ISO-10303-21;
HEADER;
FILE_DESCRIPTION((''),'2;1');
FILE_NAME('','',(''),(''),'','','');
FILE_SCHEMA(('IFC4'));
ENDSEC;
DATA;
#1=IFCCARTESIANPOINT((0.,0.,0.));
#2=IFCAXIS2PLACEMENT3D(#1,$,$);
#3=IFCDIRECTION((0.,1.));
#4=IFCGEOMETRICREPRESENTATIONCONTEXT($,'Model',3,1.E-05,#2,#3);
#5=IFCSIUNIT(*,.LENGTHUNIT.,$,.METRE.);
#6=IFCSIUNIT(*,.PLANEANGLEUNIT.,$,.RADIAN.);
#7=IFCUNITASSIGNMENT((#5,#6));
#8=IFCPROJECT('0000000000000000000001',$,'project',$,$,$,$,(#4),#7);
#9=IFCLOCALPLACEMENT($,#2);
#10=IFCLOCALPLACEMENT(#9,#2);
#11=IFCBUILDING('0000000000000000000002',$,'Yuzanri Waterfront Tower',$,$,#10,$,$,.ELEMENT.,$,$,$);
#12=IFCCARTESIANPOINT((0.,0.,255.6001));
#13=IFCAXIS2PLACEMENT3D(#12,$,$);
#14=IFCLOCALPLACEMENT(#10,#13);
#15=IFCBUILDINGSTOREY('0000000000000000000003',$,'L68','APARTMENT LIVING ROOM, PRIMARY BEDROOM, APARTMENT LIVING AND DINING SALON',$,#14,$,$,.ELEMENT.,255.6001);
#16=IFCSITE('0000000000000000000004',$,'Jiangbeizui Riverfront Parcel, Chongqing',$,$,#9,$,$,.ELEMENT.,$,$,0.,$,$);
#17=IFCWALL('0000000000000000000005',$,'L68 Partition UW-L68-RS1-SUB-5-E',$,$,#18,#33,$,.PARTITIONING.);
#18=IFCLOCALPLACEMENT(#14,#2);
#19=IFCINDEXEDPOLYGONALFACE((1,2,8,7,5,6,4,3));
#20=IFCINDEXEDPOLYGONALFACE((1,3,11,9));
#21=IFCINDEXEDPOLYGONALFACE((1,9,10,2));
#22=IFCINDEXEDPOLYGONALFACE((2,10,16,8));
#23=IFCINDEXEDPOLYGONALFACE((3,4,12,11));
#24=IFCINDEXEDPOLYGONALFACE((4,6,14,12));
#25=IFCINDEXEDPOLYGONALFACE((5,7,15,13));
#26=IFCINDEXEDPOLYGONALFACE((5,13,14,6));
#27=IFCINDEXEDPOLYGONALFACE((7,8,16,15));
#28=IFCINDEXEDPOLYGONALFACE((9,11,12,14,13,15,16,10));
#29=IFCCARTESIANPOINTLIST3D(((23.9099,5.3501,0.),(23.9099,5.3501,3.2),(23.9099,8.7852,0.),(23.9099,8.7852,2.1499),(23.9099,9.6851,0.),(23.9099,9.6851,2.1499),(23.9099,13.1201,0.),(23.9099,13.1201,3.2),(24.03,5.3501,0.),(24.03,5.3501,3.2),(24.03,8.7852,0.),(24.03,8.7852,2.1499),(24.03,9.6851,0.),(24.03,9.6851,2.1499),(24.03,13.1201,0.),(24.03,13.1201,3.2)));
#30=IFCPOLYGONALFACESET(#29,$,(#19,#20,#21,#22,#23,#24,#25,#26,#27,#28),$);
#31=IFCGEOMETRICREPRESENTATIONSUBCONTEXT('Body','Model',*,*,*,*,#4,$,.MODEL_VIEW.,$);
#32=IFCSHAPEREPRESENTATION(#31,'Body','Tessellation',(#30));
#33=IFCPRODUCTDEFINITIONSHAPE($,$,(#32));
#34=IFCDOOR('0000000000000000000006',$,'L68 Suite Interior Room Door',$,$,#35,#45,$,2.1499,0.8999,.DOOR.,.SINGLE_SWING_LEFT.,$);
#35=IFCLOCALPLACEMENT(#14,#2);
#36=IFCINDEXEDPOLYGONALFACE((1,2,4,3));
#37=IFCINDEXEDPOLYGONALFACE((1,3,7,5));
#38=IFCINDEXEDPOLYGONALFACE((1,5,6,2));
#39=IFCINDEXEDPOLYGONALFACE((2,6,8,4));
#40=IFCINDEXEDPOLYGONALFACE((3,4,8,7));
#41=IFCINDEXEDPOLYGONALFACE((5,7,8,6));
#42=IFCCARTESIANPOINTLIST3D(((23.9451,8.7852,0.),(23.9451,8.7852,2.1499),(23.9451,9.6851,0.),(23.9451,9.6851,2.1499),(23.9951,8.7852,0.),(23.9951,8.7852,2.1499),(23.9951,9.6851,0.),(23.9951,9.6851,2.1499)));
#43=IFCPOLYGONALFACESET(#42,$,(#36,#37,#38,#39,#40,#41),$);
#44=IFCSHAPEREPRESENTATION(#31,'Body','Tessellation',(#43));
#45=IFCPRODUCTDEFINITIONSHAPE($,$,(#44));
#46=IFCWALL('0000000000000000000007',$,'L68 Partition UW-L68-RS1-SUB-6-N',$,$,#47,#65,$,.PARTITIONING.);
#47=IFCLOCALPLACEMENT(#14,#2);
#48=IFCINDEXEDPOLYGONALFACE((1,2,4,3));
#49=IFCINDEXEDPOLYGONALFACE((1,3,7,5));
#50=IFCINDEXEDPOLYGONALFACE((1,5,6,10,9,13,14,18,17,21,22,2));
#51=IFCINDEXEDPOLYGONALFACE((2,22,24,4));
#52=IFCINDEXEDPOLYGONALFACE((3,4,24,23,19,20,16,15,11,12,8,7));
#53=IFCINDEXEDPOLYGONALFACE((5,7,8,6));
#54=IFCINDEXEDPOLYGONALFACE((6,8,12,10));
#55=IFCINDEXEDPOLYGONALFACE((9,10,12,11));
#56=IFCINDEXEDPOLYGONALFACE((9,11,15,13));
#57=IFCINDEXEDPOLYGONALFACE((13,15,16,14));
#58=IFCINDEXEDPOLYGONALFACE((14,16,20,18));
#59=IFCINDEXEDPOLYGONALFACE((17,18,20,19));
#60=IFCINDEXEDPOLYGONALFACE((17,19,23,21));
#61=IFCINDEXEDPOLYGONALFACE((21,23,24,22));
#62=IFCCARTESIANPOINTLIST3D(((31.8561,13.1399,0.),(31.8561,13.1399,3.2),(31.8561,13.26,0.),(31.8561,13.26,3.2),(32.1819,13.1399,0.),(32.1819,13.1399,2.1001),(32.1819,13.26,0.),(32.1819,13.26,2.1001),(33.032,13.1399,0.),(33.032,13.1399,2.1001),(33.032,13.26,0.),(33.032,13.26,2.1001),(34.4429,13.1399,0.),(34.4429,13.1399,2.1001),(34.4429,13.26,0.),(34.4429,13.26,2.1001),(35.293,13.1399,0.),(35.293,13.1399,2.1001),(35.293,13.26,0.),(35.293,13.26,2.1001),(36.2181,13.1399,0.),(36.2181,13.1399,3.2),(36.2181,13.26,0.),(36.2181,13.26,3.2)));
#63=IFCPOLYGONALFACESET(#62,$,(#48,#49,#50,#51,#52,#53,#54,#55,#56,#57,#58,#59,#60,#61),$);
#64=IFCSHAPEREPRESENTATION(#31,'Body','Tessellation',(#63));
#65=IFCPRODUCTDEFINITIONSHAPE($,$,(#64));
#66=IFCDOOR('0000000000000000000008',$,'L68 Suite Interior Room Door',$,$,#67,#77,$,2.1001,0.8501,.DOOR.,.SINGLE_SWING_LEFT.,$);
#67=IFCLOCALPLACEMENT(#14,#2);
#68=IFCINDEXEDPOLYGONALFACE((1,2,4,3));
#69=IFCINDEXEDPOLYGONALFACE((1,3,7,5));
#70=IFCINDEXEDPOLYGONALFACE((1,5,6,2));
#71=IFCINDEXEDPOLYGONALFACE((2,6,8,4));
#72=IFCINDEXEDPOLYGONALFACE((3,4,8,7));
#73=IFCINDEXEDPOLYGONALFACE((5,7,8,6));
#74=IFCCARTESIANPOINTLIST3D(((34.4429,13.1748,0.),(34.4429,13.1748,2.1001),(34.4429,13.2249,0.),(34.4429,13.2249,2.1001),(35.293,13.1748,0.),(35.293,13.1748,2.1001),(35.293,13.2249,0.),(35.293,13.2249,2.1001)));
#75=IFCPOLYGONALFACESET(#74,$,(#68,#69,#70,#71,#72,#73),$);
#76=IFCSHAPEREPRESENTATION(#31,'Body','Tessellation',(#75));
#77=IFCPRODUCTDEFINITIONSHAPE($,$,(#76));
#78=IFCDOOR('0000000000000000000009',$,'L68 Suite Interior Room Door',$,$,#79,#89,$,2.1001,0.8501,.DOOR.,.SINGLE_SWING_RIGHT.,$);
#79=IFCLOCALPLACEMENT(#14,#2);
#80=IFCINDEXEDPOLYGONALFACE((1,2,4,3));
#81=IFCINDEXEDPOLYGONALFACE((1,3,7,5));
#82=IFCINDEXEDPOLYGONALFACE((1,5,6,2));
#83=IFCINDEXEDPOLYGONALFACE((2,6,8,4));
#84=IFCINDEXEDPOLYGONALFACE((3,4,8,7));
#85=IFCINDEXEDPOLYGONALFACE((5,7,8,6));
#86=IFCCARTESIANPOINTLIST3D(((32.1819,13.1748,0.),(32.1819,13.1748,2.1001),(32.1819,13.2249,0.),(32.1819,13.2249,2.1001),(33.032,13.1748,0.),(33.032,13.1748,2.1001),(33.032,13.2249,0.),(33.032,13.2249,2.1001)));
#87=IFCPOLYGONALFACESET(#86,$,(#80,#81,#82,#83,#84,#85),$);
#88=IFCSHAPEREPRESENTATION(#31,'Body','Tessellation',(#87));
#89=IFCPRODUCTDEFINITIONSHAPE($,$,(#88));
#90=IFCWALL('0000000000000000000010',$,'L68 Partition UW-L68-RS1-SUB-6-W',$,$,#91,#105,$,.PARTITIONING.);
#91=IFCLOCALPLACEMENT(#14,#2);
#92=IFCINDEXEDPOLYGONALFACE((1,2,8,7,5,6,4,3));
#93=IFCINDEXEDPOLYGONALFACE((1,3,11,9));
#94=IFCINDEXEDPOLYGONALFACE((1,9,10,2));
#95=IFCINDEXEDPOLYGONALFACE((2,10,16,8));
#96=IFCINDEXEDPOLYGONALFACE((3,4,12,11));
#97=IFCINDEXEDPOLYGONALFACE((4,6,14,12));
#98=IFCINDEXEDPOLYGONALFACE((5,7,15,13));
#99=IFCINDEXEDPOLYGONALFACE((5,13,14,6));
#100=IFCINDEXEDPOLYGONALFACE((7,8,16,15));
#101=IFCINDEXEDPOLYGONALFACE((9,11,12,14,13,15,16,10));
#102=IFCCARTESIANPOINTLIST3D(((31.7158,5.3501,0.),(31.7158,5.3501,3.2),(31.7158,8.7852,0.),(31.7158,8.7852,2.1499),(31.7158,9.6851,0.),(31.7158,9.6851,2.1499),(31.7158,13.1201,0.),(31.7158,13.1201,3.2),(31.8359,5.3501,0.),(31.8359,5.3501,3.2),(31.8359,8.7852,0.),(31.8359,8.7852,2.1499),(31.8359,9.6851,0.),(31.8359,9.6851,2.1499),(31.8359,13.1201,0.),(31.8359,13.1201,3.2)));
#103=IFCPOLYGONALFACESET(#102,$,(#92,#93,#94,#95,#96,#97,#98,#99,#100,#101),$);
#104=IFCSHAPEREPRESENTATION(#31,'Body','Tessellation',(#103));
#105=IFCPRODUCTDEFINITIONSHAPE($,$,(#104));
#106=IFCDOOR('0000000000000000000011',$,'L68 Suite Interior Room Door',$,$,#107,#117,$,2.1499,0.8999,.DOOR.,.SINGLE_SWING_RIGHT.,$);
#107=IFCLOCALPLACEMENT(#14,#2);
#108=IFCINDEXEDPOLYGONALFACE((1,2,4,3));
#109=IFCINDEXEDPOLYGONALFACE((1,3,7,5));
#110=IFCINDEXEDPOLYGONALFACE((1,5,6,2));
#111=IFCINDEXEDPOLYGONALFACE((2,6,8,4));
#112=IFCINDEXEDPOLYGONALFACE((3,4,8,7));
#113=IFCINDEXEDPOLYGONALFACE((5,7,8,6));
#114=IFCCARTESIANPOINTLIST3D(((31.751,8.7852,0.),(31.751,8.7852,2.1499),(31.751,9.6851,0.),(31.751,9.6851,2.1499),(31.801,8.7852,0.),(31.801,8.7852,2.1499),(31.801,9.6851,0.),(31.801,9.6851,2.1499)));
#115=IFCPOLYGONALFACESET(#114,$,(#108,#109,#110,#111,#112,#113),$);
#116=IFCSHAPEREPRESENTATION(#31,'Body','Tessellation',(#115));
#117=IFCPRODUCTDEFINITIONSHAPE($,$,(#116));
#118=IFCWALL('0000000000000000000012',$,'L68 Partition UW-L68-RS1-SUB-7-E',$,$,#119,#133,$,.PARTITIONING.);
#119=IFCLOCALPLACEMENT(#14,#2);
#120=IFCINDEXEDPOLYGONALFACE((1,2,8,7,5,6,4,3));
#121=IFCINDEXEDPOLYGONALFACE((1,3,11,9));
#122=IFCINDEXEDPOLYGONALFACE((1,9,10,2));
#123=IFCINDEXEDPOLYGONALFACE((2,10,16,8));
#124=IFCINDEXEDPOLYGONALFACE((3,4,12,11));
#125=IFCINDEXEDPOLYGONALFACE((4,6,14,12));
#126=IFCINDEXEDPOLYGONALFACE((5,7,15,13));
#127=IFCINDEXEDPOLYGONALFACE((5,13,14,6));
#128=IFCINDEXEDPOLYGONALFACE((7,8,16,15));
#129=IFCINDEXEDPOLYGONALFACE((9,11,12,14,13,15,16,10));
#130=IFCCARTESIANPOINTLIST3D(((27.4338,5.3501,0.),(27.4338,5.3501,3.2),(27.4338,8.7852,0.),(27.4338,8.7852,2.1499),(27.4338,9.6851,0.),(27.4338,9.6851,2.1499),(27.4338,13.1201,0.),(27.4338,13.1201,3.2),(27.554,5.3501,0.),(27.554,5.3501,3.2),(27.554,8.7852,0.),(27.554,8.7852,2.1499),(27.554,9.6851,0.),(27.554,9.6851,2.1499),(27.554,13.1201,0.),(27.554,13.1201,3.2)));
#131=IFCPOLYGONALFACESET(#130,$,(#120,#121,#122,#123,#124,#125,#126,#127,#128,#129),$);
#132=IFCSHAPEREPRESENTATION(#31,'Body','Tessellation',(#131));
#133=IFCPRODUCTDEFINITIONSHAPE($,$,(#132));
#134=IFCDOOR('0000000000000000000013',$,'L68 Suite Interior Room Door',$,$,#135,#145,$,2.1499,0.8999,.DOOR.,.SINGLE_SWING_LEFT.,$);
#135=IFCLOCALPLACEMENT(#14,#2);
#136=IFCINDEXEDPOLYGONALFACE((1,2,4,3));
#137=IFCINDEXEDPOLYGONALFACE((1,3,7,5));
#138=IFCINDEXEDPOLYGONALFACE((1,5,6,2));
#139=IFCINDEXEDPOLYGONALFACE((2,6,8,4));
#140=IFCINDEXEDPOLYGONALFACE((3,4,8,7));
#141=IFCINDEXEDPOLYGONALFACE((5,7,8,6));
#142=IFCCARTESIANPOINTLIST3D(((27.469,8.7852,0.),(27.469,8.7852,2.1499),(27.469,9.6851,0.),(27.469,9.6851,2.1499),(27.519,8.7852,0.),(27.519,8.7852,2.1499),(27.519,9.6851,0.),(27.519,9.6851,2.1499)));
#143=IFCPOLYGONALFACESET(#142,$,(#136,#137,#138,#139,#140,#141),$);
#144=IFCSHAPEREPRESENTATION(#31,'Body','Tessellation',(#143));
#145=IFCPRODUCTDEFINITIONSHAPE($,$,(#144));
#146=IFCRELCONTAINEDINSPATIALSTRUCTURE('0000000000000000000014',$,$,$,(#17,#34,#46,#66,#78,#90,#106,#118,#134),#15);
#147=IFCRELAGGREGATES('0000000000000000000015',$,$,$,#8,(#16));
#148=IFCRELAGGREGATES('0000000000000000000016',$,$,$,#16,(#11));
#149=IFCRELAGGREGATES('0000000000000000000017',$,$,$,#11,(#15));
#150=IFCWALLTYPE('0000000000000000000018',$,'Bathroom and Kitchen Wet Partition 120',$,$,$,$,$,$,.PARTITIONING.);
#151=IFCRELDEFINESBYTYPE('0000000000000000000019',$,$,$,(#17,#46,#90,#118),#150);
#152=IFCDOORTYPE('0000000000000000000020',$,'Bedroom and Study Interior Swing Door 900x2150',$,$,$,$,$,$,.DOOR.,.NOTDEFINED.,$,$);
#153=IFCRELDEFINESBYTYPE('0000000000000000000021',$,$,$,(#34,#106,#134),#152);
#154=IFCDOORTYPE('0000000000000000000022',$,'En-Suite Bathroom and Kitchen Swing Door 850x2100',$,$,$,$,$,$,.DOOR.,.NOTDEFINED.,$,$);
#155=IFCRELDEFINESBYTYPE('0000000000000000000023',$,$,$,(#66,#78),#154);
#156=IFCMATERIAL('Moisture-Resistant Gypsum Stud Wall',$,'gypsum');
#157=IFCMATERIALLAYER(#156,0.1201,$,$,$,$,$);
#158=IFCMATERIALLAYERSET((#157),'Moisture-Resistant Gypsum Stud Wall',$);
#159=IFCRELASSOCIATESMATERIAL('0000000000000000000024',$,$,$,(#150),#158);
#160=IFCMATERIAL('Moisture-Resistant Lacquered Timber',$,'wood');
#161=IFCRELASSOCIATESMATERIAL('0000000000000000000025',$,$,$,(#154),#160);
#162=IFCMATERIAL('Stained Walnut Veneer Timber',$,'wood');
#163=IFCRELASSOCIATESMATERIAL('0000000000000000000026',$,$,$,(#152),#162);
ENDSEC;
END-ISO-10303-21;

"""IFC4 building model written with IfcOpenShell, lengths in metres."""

from ifc_helpers import new_model, si_unit, direction, frame, frame_2d, origin, place, context, subcontext, project, spatial, rectangle, extrude, source, transform, mapped, material, layer, layer_set, type_object, element, fill, save


model = new_model("IFC4")

# Units and contexts
model_context = context("Model", 3, precision=1e-05, world=origin(), true_north=direction((0.0, 1.0)))
body_context = subcontext(model_context, "Body", "Model", "MODEL_VIEW")
ifc_project = project(units=[si_unit("LENGTHUNIT", "METRE"), si_unit("PLANEANGLEUNIT", "RADIAN")], contexts=[model_context])

# Site, building, storey
site_placement = place(None, origin())
site = spatial("IfcSite", under=ifc_project, at=site_placement, Name="Jiangbeizui Riverfront Parcel, Chongqing", CompositionType="ELEMENT", RefElevation=0.0)
building_placement = place(site_placement, origin())
building = spatial("IfcBuilding", under=site, at=building_placement, Name="Yuzanri Waterfront Tower", CompositionType="ELEMENT")
storey_placement = place(building_placement, frame((0.0, 0.0, 255.6001)))
storey = spatial("IfcBuildingStorey", under=building, at=storey_placement, Name="L68", Description="APARTMENT LIVING ROOM, PRIMARY BEDROOM, APARTMENT LIVING AND DINING SALON", CompositionType="ELEMENT", Elevation=255.6001)

# Wall, opening, door
ifc_material_1 = material(Name="Moisture-Resistant Gypsum Stud Wall", Category="gypsum")
ifc_layer_1 = layer(ifc_material_1, 0.1201)
ifc_layer_set_1 = layer_set([ifc_layer_1], Name="Moisture-Resistant Gypsum Stud Wall")
wall_type_1 = type_object("IfcWallType", Name="Bathroom and Kitchen Wet Partition 120", PredefinedType="PARTITIONING", material=ifc_layer_set_1)
ifc_material_2 = material(Name="Moisture-Resistant Lacquered Timber", Category="wood")
door_type_1 = type_object("IfcDoorType", Name="En-Suite Bathroom and Kitchen Swing Door 850x2100", OperationType="NOTDEFINED", PredefinedType="DOOR", material=ifc_material_2)
shared_shape_1 = source(origin(), body_context, "Body", "SweptSolid", [
    extrude(rectangle(XDim=0.8501, YDim=2.1001, at=frame_2d((0.425, 1.05))), frame((0.0, 0.0249, 0.0), z_axis=(0.0, -1.0, 0.0), x_axis=(1.0, 0.0, 0.0)), (0.0, 0.0, 1.0), 0.05),
])
wall_1_placement = place(storey_placement, frame((23.97, 5.3501, 0.0), z_axis=(0.0, 0.0, 1.0), x_axis=(0.0, 1.0, 0.0)))
wall_1 = element("IfcWall", 1, at=wall_1_placement, inside=storey, type_object=wall_type_1, Name="L68 Partition UW-L68-RS1-SUB-5-E", PredefinedType="PARTITIONING", context=body_context, shape_type="SweptSolid", body=[
    extrude(rectangle(XDim=7.77, YDim=0.1201, at=frame_2d((3.885, 0.0))), origin(), (0.0, 0.0, 1.0), 3.2),
])
opening_1_placement = place(wall_1_placement, frame((3.4351, 0.0, 0.0)))
opening_1 = element("IfcOpeningElement", 2, at=opening_1_placement, cuts=wall_1, PredefinedType="OPENING", context=body_context, shape_type="SweptSolid", body=[
    extrude(rectangle(XDim=0.8999, YDim=2.1499, at=frame_2d((0.45, 1.075))), frame((0.0, 0.075, 0.0), z_axis=(0.0, -1.0, 0.0), x_axis=(1.0, 0.0, 0.0)), (0.0, 0.0, 1.0), 0.1499),
])
ifc_material_3 = material(Name="Stained Walnut Veneer Timber", Category="wood")
door_type_2 = type_object("IfcDoorType", Name="Bedroom and Study Interior Swing Door 900x2150", OperationType="NOTDEFINED", PredefinedType="DOOR", material=ifc_material_3)
shared_shape_2 = source(origin(), body_context, "Body", "SweptSolid", [
    extrude(rectangle(XDim=0.8999, YDim=2.1499, at=frame_2d((0.45, 1.075))), frame((0.0, 0.0249, 0.0), z_axis=(0.0, -1.0, 0.0), x_axis=(1.0, 0.0, 0.0)), (0.0, 0.0, 1.0), 0.05),
])
door_1_placement = place(opening_1_placement, origin())
door_1 = element("IfcDoor", 3, at=door_1_placement, inside=storey, type_object=door_type_2, Name="L68 Suite Interior Room Door", OperationType="SINGLE_SWING_LEFT", OverallHeight=2.1499, OverallWidth=0.8999, PredefinedType="DOOR", context=body_context, shape_type="MappedRepresentation", body=[
    mapped(shared_shape_2, transform((0.0, 0.0, 0.0), scale=1.0)),
])
fill(opening_1, door_1)

# Wall, openings, doors
wall_2_placement = place(storey_placement, frame((31.856, 13.2, 0.0), z_axis=(0.0, 0.0, 1.0), x_axis=(1.0, 0.0, 0.0)))
wall_2 = element("IfcWall", 4, at=wall_2_placement, inside=storey, type_object=wall_type_1, Name="L68 Partition UW-L68-RS1-SUB-6-N", PredefinedType="PARTITIONING", context=body_context, shape_type="SweptSolid", body=[
    extrude(rectangle(XDim=4.3621, YDim=0.1201, at=frame_2d((2.1812, 0.0))), origin(), (0.0, 0.0, 1.0), 3.2),
])
opening_2_placement = place(wall_2_placement, frame((2.5869, 0.0, 0.0)))
opening_2 = element("IfcOpeningElement", 5, at=opening_2_placement, cuts=wall_2, PredefinedType="OPENING", context=body_context, shape_type="SweptSolid", body=[
    extrude(rectangle(XDim=0.8501, YDim=2.1001, at=frame_2d((0.425, 1.05))), frame((0.0, 0.075, 0.0), z_axis=(0.0, -1.0, 0.0), x_axis=(1.0, 0.0, 0.0)), (0.0, 0.0, 1.0), 0.1499),
])
opening_3_placement = place(wall_2_placement, frame((0.3259, 0.0, 0.0)))
opening_3 = element("IfcOpeningElement", 6, at=opening_3_placement, cuts=wall_2, PredefinedType="OPENING", context=body_context, shape_type="SweptSolid", body=[
    extrude(rectangle(XDim=0.8501, YDim=2.1001, at=frame_2d((0.425, 1.05))), frame((0.0, 0.075, 0.0), z_axis=(0.0, -1.0, 0.0), x_axis=(1.0, 0.0, 0.0)), (0.0, 0.0, 1.0), 0.1499),
])
door_2_placement = place(opening_2_placement, origin())
door_2 = element("IfcDoor", 7, at=door_2_placement, inside=storey, type_object=door_type_1, Name="L68 Suite Interior Room Door", OperationType="SINGLE_SWING_LEFT", OverallHeight=2.1001, OverallWidth=0.8501, PredefinedType="DOOR", context=body_context, shape_type="MappedRepresentation", body=[
    mapped(shared_shape_1, transform((0.0, 0.0, 0.0), scale=1.0)),
])
fill(opening_2, door_2)
door_3_placement = place(opening_3_placement, origin())
door_3 = element("IfcDoor", 8, at=door_3_placement, inside=storey, type_object=door_type_1, Name="L68 Suite Interior Room Door", OperationType="SINGLE_SWING_RIGHT", OverallHeight=2.1001, OverallWidth=0.8501, PredefinedType="DOOR", context=body_context, shape_type="MappedRepresentation", body=[
    mapped(shared_shape_1, transform((0.0, 0.0, 0.0), scale=1.0)),
])
fill(opening_3, door_3)

# Walls, openings, doors
wall_3_placement = place(storey_placement, frame((31.7759, 5.3501, 0.0), z_axis=(0.0, 0.0, 1.0), x_axis=(0.0, 1.0, 0.0)))
wall_3 = element("IfcWall", 9, at=wall_3_placement, inside=storey, type_object=wall_type_1, Name="L68 Partition UW-L68-RS1-SUB-6-W", PredefinedType="PARTITIONING", context=body_context, shape_type="SweptSolid", body=[
    extrude(rectangle(XDim=7.77, YDim=0.1201, at=frame_2d((3.885, 0.0))), origin(), (0.0, 0.0, 1.0), 3.2),
])
opening_4_placement = place(wall_3_placement, frame((3.4351, 0.0, 0.0)))
opening_4 = element("IfcOpeningElement", 10, at=opening_4_placement, cuts=wall_3, PredefinedType="OPENING", context=body_context, shape_type="SweptSolid", body=[
    extrude(rectangle(XDim=0.8999, YDim=2.1499, at=frame_2d((0.45, 1.075))), frame((0.0, 0.075, 0.0), z_axis=(0.0, -1.0, 0.0), x_axis=(1.0, 0.0, 0.0)), (0.0, 0.0, 1.0), 0.1499),
])
door_4_placement = place(opening_4_placement, origin())
door_4 = element("IfcDoor", 11, at=door_4_placement, inside=storey, type_object=door_type_2, Name="L68 Suite Interior Room Door", OperationType="SINGLE_SWING_RIGHT", OverallHeight=2.1499, OverallWidth=0.8999, PredefinedType="DOOR", context=body_context, shape_type="MappedRepresentation", body=[
    mapped(shared_shape_2, transform((0.0, 0.0, 0.0), scale=1.0)),
])
fill(opening_4, door_4)
wall_4_placement = place(storey_placement, frame((27.4939, 5.3501, 0.0), z_axis=(0.0, 0.0, 1.0), x_axis=(0.0, 1.0, 0.0)))
wall_4 = element("IfcWall", 12, at=wall_4_placement, inside=storey, type_object=wall_type_1, Name="L68 Partition UW-L68-RS1-SUB-7-E", PredefinedType="PARTITIONING", context=body_context, shape_type="SweptSolid", body=[
    extrude(rectangle(XDim=7.77, YDim=0.1201, at=frame_2d((3.885, 0.0))), origin(), (0.0, 0.0, 1.0), 3.2),
])
opening_5_placement = place(wall_4_placement, frame((3.4351, 0.0, 0.0)))
opening_5 = element("IfcOpeningElement", 13, at=opening_5_placement, cuts=wall_4, PredefinedType="OPENING", context=body_context, shape_type="SweptSolid", body=[
    extrude(rectangle(XDim=0.8999, YDim=2.1499, at=frame_2d((0.45, 1.075))), frame((0.0, 0.075, 0.0), z_axis=(0.0, -1.0, 0.0), x_axis=(1.0, 0.0, 0.0)), (0.0, 0.0, 1.0), 0.1499),
])
door_5_placement = place(opening_5_placement, origin())
door_5 = element("IfcDoor", 14, at=door_5_placement, inside=storey, type_object=door_type_2, Name="L68 Suite Interior Room Door", OperationType="SINGLE_SWING_LEFT", OverallHeight=2.1499, OverallWidth=0.8999, PredefinedType="DOOR", context=body_context, shape_type="MappedRepresentation", body=[
    mapped(shared_shape_2, transform((0.0, 0.0, 0.0), scale=1.0)),
])
fill(opening_5, door_5)

save(model, "model.ifc")
